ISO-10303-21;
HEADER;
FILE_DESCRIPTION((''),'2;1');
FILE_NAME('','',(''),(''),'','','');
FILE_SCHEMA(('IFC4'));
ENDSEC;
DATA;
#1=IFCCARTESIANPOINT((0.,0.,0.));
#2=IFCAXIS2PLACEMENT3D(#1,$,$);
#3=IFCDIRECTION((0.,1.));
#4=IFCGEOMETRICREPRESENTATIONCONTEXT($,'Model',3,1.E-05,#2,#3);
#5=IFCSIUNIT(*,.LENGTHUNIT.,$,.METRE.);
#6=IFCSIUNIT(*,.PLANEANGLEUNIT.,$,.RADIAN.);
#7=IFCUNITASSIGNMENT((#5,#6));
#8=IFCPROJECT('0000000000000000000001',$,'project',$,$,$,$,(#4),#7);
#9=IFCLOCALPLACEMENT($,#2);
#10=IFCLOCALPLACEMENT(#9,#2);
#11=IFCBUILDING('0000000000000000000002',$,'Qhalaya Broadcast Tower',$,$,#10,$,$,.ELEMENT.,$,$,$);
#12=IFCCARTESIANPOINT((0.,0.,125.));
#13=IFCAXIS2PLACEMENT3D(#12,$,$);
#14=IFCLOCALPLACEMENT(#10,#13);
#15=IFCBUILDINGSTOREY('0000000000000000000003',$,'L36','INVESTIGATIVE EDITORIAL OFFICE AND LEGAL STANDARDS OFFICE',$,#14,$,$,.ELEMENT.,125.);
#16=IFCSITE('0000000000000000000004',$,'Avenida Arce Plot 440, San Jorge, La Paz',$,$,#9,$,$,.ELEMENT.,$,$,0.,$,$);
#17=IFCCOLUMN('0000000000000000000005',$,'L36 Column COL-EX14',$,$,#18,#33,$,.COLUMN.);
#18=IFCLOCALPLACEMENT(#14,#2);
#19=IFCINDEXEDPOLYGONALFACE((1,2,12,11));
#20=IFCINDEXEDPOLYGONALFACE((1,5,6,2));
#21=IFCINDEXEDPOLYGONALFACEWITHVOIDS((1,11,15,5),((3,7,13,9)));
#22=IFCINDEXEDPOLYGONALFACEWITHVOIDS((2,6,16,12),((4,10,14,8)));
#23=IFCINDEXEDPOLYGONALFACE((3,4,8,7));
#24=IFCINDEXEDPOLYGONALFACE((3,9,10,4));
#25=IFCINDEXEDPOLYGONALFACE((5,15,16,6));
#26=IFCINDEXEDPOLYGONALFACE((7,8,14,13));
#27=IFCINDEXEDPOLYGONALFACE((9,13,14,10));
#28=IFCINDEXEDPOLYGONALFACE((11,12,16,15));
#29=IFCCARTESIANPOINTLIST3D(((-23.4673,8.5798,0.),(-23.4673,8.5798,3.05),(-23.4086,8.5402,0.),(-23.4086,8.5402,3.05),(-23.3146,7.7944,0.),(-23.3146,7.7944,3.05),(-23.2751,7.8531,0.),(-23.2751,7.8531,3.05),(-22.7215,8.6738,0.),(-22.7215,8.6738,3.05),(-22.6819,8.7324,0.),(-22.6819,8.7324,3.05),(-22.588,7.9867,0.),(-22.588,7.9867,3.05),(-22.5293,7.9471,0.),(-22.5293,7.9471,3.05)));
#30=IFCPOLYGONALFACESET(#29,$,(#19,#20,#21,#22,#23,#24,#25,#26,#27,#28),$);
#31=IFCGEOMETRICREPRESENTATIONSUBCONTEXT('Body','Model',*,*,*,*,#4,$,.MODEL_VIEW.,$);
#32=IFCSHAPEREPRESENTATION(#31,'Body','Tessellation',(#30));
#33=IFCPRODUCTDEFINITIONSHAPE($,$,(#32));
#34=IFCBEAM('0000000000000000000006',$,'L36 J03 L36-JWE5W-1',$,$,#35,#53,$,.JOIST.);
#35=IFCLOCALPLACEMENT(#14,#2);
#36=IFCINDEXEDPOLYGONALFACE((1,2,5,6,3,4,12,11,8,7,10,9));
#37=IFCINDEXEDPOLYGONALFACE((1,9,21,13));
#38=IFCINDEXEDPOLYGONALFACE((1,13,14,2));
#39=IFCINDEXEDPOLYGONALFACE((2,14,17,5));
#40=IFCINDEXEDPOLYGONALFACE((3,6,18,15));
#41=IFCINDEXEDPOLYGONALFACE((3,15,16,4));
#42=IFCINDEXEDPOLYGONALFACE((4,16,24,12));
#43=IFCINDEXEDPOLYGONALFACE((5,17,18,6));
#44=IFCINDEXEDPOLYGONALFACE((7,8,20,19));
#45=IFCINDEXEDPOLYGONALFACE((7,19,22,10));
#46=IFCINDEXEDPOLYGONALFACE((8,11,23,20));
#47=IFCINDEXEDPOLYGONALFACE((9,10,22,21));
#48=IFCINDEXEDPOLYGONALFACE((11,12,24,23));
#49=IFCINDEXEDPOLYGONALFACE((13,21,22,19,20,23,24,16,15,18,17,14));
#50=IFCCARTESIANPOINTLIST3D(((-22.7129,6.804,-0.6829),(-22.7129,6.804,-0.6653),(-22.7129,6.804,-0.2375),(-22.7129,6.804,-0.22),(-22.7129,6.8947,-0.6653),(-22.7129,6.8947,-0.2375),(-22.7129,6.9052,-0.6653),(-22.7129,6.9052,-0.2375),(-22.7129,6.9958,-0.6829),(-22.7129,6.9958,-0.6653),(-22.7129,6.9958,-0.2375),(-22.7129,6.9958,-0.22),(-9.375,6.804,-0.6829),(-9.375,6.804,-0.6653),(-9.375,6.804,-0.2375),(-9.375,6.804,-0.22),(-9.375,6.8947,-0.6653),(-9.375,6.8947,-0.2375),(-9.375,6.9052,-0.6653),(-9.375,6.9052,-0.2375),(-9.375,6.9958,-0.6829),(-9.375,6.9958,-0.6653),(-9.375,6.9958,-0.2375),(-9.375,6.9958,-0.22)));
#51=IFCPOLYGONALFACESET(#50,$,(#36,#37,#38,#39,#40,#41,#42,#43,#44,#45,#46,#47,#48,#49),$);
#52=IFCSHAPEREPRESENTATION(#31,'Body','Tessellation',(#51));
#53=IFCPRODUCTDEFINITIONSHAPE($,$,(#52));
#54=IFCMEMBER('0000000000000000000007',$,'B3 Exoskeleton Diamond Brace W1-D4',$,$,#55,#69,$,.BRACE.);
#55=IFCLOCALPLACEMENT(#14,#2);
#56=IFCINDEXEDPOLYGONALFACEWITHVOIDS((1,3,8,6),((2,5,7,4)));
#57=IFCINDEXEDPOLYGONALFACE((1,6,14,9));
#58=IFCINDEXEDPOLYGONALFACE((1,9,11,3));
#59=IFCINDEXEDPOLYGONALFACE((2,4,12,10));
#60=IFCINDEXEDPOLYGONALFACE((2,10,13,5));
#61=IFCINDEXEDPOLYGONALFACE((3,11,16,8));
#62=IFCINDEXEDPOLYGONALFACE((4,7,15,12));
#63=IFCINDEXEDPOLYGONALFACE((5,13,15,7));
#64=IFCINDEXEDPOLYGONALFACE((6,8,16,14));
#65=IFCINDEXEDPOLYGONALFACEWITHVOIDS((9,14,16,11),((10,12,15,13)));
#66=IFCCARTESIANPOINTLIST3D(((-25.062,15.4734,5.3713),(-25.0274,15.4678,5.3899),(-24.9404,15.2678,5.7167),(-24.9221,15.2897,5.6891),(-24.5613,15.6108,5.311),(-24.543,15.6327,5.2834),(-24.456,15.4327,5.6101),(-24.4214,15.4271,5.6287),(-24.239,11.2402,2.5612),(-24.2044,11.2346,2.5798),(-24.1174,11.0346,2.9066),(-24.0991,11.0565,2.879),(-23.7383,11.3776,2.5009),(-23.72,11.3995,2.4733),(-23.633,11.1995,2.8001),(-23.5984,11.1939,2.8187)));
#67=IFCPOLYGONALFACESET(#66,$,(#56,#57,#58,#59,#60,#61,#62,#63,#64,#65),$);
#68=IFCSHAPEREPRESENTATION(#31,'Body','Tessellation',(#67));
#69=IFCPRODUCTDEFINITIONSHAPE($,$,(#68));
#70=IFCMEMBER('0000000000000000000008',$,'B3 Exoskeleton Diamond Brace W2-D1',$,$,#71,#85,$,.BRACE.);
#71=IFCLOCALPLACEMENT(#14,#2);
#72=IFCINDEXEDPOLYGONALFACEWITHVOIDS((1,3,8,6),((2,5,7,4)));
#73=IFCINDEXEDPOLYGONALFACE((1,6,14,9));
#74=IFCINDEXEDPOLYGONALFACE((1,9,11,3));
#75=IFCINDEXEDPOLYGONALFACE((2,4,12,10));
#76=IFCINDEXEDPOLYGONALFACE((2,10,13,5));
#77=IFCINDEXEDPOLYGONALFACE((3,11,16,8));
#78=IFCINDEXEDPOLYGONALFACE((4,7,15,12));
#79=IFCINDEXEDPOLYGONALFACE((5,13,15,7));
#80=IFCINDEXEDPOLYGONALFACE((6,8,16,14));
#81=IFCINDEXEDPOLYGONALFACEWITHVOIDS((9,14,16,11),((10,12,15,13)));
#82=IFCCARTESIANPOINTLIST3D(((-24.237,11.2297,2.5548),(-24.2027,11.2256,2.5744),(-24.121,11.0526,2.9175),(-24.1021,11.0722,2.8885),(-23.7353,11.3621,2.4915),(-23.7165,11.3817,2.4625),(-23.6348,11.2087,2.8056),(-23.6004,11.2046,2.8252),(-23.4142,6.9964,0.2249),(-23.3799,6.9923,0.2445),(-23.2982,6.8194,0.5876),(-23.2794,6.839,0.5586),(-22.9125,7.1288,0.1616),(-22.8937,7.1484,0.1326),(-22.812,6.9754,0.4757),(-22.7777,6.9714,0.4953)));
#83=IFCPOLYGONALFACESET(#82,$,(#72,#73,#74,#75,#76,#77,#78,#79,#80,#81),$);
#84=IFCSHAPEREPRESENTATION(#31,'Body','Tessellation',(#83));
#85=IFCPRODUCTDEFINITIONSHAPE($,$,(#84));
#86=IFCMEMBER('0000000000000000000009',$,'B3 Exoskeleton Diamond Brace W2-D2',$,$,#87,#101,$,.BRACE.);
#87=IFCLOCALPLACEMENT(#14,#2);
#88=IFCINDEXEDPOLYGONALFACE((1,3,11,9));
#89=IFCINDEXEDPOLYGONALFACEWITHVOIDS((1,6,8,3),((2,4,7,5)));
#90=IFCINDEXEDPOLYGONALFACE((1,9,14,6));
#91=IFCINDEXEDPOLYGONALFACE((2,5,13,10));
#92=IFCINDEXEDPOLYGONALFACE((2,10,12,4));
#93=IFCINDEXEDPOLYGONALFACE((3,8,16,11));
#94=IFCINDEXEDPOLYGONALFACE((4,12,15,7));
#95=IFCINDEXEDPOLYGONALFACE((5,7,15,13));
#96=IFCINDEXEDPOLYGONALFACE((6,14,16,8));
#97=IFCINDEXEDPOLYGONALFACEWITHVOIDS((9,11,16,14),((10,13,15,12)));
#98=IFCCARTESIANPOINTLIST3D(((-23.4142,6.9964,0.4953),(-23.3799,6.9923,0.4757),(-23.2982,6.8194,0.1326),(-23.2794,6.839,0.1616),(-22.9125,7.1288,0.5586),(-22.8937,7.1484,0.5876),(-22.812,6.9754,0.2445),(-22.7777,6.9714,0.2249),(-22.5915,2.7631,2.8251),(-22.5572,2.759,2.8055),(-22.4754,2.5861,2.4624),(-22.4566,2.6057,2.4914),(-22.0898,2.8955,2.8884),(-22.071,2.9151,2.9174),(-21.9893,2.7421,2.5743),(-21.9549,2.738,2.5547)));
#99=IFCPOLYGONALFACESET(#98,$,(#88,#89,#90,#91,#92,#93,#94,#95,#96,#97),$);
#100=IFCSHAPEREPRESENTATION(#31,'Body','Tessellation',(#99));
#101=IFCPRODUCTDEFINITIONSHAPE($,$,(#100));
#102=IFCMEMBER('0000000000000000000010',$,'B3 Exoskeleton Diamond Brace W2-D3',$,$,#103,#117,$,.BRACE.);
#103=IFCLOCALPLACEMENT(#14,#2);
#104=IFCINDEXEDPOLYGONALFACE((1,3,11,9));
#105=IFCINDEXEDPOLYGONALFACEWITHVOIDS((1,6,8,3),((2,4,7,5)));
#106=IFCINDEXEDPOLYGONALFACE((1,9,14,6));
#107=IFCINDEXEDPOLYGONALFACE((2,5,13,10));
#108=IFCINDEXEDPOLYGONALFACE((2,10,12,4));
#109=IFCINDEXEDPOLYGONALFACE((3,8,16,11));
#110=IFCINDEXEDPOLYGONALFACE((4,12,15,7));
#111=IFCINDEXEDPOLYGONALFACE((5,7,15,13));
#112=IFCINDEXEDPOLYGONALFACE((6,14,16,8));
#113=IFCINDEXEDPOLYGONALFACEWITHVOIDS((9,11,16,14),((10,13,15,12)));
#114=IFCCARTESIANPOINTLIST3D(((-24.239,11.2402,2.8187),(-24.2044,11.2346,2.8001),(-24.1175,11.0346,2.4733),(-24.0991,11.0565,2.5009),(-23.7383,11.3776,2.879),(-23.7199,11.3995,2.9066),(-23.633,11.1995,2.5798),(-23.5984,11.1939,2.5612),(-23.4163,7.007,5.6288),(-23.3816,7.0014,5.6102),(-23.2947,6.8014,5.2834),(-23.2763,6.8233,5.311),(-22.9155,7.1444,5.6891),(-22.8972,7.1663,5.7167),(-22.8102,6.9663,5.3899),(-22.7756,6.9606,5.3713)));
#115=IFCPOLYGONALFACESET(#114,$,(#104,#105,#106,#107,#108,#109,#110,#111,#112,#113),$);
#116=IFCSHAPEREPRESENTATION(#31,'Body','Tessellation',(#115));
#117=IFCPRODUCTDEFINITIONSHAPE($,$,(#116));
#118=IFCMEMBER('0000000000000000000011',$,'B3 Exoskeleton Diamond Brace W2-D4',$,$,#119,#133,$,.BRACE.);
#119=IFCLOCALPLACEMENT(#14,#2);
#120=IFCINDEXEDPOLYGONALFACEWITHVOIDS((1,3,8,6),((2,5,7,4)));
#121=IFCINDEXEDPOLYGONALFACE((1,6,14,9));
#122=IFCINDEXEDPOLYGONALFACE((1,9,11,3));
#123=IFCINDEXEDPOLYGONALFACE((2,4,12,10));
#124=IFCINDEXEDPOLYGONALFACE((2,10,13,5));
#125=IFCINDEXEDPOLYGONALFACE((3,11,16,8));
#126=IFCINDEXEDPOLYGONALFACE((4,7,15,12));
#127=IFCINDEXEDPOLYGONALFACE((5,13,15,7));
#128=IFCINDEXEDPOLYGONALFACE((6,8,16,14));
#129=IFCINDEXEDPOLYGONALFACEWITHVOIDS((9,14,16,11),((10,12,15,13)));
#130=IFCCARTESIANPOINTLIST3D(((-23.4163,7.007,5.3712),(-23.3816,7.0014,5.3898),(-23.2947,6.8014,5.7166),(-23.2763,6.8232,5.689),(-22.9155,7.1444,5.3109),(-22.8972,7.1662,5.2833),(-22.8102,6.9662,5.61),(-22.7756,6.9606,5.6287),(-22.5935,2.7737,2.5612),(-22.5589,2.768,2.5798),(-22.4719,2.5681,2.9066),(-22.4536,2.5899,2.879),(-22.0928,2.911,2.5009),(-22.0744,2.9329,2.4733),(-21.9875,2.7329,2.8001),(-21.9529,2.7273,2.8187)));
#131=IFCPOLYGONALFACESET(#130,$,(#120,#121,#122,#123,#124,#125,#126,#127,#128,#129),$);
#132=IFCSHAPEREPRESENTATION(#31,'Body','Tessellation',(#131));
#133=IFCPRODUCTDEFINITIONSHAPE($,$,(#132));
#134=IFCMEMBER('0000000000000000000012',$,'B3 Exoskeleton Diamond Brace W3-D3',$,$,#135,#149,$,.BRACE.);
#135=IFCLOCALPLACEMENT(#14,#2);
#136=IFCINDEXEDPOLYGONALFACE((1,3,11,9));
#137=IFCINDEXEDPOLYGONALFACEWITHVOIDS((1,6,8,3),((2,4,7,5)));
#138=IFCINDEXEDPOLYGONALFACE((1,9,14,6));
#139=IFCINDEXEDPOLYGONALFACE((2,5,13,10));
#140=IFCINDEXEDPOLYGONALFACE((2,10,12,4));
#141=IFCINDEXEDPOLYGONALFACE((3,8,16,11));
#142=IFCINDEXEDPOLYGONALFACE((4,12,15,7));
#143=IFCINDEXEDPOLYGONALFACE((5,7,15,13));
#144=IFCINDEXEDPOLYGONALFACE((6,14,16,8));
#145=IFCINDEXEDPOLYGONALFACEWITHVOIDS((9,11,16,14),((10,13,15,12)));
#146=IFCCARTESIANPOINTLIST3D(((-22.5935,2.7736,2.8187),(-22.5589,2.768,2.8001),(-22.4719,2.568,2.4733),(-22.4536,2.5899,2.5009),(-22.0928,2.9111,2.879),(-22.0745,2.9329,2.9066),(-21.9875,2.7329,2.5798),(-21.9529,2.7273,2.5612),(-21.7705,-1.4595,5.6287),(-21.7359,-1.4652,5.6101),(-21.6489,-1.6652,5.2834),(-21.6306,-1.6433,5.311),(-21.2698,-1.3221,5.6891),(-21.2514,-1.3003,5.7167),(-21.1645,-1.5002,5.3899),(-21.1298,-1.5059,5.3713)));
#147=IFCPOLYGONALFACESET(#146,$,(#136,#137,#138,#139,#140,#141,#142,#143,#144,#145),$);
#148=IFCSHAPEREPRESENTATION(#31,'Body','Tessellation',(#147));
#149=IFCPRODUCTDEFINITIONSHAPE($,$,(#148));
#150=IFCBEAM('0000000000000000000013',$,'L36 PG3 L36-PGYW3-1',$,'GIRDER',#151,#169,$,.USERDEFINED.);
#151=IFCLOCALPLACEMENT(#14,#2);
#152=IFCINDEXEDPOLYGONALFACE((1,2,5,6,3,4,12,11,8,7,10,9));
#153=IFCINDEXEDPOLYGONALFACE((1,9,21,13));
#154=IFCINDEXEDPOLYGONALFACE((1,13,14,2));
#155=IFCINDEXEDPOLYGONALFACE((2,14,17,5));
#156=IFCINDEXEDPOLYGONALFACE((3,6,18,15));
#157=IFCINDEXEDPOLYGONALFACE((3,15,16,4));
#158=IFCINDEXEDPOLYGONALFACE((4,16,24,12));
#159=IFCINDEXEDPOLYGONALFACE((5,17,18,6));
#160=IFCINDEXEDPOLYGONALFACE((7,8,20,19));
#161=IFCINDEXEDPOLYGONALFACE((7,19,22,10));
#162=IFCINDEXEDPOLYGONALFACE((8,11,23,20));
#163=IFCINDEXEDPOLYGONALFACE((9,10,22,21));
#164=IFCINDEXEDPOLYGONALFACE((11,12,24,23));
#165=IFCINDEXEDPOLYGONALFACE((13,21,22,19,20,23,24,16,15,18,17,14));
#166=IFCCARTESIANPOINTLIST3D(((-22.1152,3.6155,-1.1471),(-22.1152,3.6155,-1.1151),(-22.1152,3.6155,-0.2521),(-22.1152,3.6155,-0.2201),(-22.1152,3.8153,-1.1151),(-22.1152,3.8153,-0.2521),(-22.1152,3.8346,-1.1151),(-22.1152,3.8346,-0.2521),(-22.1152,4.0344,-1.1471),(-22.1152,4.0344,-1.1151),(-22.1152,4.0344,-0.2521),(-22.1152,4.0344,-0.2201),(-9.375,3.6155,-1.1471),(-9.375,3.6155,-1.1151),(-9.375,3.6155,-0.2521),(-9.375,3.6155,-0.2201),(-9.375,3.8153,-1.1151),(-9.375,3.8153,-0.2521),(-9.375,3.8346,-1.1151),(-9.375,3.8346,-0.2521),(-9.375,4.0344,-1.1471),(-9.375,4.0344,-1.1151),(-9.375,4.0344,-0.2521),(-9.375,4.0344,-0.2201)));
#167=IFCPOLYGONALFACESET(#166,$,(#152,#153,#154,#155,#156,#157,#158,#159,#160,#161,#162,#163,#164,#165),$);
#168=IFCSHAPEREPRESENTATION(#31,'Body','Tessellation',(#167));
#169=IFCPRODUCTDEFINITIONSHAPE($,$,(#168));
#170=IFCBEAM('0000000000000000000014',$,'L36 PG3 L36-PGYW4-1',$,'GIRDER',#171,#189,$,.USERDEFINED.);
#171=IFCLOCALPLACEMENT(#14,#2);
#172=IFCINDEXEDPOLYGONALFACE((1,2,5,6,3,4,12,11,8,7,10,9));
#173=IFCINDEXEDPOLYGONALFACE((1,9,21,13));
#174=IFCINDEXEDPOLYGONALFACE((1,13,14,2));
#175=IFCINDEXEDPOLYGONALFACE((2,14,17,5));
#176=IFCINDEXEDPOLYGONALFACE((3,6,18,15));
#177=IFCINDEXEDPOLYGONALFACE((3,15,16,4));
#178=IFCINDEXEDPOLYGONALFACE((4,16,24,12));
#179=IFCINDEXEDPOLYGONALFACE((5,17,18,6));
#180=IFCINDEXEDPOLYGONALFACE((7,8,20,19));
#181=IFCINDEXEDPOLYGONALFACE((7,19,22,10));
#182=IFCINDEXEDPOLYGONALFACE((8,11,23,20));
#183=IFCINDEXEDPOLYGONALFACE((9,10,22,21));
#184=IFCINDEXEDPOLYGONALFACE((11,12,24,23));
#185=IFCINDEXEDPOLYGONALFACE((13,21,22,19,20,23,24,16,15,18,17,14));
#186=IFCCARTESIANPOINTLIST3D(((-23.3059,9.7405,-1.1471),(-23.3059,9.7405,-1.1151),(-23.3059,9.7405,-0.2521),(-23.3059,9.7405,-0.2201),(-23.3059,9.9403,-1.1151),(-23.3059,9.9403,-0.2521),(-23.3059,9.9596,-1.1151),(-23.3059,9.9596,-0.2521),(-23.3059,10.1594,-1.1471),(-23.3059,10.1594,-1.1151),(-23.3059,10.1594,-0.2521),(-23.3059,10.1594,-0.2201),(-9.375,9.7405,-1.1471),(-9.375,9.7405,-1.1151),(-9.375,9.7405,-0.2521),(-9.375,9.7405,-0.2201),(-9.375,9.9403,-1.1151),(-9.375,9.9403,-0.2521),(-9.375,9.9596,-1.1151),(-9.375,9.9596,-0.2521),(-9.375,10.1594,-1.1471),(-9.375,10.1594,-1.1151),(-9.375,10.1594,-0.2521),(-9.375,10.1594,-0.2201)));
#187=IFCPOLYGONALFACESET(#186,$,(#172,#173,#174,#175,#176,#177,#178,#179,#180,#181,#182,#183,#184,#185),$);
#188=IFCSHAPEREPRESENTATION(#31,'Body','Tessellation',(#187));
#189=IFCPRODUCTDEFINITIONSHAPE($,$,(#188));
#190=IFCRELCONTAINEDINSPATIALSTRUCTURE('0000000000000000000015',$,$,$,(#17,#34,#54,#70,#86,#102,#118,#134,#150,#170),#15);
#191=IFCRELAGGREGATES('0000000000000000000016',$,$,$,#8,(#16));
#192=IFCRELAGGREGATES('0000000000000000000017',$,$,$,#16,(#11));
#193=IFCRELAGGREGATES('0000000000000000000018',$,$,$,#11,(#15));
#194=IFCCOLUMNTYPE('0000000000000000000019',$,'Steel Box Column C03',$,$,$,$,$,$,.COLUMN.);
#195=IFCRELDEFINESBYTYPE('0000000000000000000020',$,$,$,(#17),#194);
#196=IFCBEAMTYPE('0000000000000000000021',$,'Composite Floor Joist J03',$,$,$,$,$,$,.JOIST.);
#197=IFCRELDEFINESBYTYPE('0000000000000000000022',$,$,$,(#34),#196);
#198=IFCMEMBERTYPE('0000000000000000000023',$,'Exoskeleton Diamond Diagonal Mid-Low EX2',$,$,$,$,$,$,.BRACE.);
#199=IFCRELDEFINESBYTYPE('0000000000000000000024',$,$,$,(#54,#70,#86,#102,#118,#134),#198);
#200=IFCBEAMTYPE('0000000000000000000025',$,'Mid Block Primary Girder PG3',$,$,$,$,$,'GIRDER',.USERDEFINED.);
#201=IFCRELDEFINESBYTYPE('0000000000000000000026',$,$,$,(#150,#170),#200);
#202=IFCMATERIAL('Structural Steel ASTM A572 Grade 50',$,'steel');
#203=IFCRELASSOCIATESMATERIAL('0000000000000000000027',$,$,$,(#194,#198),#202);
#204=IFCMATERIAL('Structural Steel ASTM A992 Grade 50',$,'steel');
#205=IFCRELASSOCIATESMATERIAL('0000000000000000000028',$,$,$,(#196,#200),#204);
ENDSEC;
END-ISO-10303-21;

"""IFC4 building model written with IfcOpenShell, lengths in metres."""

from ifc_helpers import new_model, si_unit, direction, frame, origin, origin_2d, place, context, subcontext, project, spatial, hollow_rectangle, i_section, extrude, material, material_profile, profile_set, type_object, element, save


model = new_model("IFC4")

# Units and contexts
model_context = context("Model", 3, precision=1e-05, world=origin(), true_north=direction((0.0, 1.0)))
body_context = subcontext(model_context, "Body", "Model", "MODEL_VIEW")
ifc_project = project(units=[si_unit("LENGTHUNIT", "METRE"), si_unit("PLANEANGLEUNIT", "RADIAN")], contexts=[model_context])

# Site, building, storey
site_placement = place(None, origin())
site = spatial("IfcSite", under=ifc_project, at=site_placement, Name="Avenida Arce Plot 440, San Jorge, La Paz", CompositionType="ELEMENT", RefElevation=0.0)
building_placement = place(site_placement, origin())
building = spatial("IfcBuilding", under=site, at=building_placement, Name="Qhalaya Broadcast Tower", CompositionType="ELEMENT")
storey_placement = place(building_placement, frame((0.0, 0.0, 125.0)))
storey = spatial("IfcBuildingStorey", under=building, at=storey_placement, Name="L36", Description="INVESTIGATIVE EDITORIAL OFFICE AND LEGAL STANDARDS OFFICE", CompositionType="ELEMENT", Elevation=125.0)

# Column
ifc_material_1 = material(Name="Structural Steel ASTM A572 Grade 50", Category="steel")
ifc_material_profile_1 = material_profile(ifc_material_1, hollow_rectangle(XDim=0.8, YDim=0.8, WallThickness=0.05, at=origin_2d()), Name="BOX 800x800x50")
ifc_profile_set_1 = profile_set([ifc_material_profile_1], Name="Structural Steel ASTM A572 Grade 50")
column_type = type_object("IfcColumnType", Name="Steel Box Column C03", PredefinedType="COLUMN", material=ifc_profile_set_1)
column_placement = place(storey_placement, frame((-22.9983, 8.2634, 0.0), z_axis=(0.0, 0.0, 1.0), x_axis=(-0.190809, 0.981627, 0.0)))
element("IfcColumn", 1, at=column_placement, inside=storey, type_object=column_type, Name="L36 Column COL-EX14", PredefinedType="COLUMN", context=body_context, shape_type="SweptSolid", body=[
    extrude(hollow_rectangle(XDim=0.8, YDim=0.8, WallThickness=0.05, at=origin_2d()), origin(), (0.0, 0.0, 1.0), 3.05),
])

# Beam
ifc_material_2 = material(Name="Structural Steel ASTM A992 Grade 50", Category="steel")
ifc_material_profile_2 = material_profile(ifc_material_2, i_section(OverallWidth=0.1919, OverallDepth=0.4629, WebThickness=0.0105, FlangeThickness=0.0176, at=origin_2d()), Name="W18X60")
ifc_profile_set_2 = profile_set([ifc_material_profile_2], Name="Structural Steel ASTM A992 Grade 50")
beam_type_1 = type_object("IfcBeamType", Name="Composite Floor Joist J03", PredefinedType="JOIST", material=ifc_profile_set_2)
beam_1_placement = place(storey_placement, frame((-22.7129, 6.8999, -0.4514), z_axis=(1.0, 0.0, 0.0), x_axis=(0.0, 1.0, 0.0)))
element("IfcBeam", 2, at=beam_1_placement, inside=storey, type_object=beam_type_1, Name="L36 J03 L36-JWE5W-1", PredefinedType="JOIST", context=body_context, shape_type="SweptSolid", body=[
    extrude(i_section(OverallWidth=0.1919, OverallDepth=0.4629, WebThickness=0.0105, FlangeThickness=0.0176, at=origin_2d()), origin(), (0.0, 0.0, 1.0), 13.3379),
])

# Members
ifc_material_profile_3 = material_profile(ifc_material_1, hollow_rectangle(XDim=0.4199, YDim=0.55, WallThickness=0.0281, at=origin_2d()), Name="BOX 420x550x28")
ifc_profile_set_3 = profile_set([ifc_material_profile_3], Name="Structural Steel ASTM A572 Grade 50")
member_type = type_object("IfcMemberType", Name="Exoskeleton Diamond Diagonal Mid-Low EX2", PredefinedType="BRACE", material=ifc_profile_set_3)
member_placement = place(storey_placement, frame((-23.9187, 11.217, 2.6899), z_axis=(-0.159893, 0.822424, 0.545943), x_axis=(0.289578, -0.489647, 0.822429)))
element("IfcMember", 3, at=member_placement, inside=storey, type_object=member_type, Name="B3 Exoskeleton Diamond Brace W1-D4", PredefinedType="BRACE", context=body_context, shape_type="SweptSolid", body=[
    extrude(hollow_rectangle(XDim=0.4199, YDim=0.55, WallThickness=0.0281, at=origin_2d()), origin(), (0.0, 0.0, 1.0), 5.1472),
])
for number, where, z_axis, x_axis, name in (
    (4, (-23.0959, 6.9839, 0.3601), (-0.167858, 0.863646, 0.475331), (0.276326, -0.421623, 0.863642), "B3 Exoskeleton Diamond Brace W2-D1"),
    (5, (-23.0959, 6.9839, 0.3601), (0.167851, -0.863658, 0.475311), (-0.276318, 0.421606, 0.863653), "B3 Exoskeleton Diamond Brace W2-D2"),
):
    element("IfcMember", number, at=place(storey_placement, frame(where, z_axis=z_axis, x_axis=x_axis)), inside=storey, type_object=member_type, Name=name, PredefinedType="BRACE", context=body_context, shape_type="SweptSolid", body=[
        extrude(hollow_rectangle(XDim=0.4199, YDim=0.55, WallThickness=0.0281, at=origin_2d()), origin(), (0.0, 0.0, 1.0), 4.9016),
    ])
for number, where, z_axis, x_axis, name in (
    (6, (-23.9187, 11.217, 2.6899), (0.159847, -0.82243, 0.545947), (-0.289551, 0.489668, 0.822427), "B3 Exoskeleton Diamond Brace W2-D3"),
    (7, (-22.2732, 2.7505, 2.6899), (-0.159841, 0.822445, 0.545925), (0.289542, -0.48965, 0.82244), "B3 Exoskeleton Diamond Brace W2-D4"),
    (8, (-22.2732, 2.7505, 2.6899), (0.159893, -0.822424, 0.545943), (-0.289578, 0.489647, 0.822429), "B3 Exoskeleton Diamond Brace W3-D3"),
):
    element("IfcMember", number, at=place(storey_placement, frame(where, z_axis=z_axis, x_axis=x_axis)), inside=storey, type_object=member_type, Name=name, PredefinedType="BRACE", context=body_context, shape_type="SweptSolid", body=[
        extrude(hollow_rectangle(XDim=0.4199, YDim=0.55, WallThickness=0.0281, at=origin_2d()), origin(), (0.0, 0.0, 1.0), 5.1472),
    ])

# Beams
ifc_material_profile_4 = material_profile(ifc_material_2, i_section(OverallWidth=0.4189, OverallDepth=0.927, WebThickness=0.0193, FlangeThickness=0.032, at=origin_2d()), Name="W36X231")
ifc_profile_set_4 = profile_set([ifc_material_profile_4], Name="Structural Steel ASTM A992 Grade 50")
beam_type_2 = type_object("IfcBeamType", Name="Mid Block Primary Girder PG3", ElementType="GIRDER", PredefinedType="USERDEFINED", material=ifc_profile_set_4)
beam_2_placement = place(storey_placement, frame((-22.1152, 3.825, -0.6836), z_axis=(1.0, 0.0, 0.0), x_axis=(0.0, 1.0, 0.0)))
element("IfcBeam", 9, at=beam_2_placement, inside=storey, type_object=beam_type_2, Name="L36 PG3 L36-PGYW3-1", ObjectType="GIRDER", PredefinedType="USERDEFINED", context=body_context, shape_type="SweptSolid", body=[
    extrude(i_section(OverallWidth=0.4189, OverallDepth=0.927, WebThickness=0.0193, FlangeThickness=0.032, at=origin_2d()), origin(), (0.0, 0.0, 1.0), 12.7402),
])
beam_3_placement = place(storey_placement, frame((-23.3059, 9.95, -0.6836), z_axis=(1.0, 0.0, 0.0), x_axis=(0.0, 1.0, 0.0)))
element("IfcBeam", 10, at=beam_3_placement, inside=storey, type_object=beam_type_2, Name="L36 PG3 L36-PGYW4-1", ObjectType="GIRDER", PredefinedType="USERDEFINED", context=body_context, shape_type="SweptSolid", body=[
    extrude(i_section(OverallWidth=0.4189, OverallDepth=0.927, WebThickness=0.0193, FlangeThickness=0.032, at=origin_2d()), origin(), (0.0, 0.0, 1.0), 13.9309),
])

save(model, "model.ifc")
